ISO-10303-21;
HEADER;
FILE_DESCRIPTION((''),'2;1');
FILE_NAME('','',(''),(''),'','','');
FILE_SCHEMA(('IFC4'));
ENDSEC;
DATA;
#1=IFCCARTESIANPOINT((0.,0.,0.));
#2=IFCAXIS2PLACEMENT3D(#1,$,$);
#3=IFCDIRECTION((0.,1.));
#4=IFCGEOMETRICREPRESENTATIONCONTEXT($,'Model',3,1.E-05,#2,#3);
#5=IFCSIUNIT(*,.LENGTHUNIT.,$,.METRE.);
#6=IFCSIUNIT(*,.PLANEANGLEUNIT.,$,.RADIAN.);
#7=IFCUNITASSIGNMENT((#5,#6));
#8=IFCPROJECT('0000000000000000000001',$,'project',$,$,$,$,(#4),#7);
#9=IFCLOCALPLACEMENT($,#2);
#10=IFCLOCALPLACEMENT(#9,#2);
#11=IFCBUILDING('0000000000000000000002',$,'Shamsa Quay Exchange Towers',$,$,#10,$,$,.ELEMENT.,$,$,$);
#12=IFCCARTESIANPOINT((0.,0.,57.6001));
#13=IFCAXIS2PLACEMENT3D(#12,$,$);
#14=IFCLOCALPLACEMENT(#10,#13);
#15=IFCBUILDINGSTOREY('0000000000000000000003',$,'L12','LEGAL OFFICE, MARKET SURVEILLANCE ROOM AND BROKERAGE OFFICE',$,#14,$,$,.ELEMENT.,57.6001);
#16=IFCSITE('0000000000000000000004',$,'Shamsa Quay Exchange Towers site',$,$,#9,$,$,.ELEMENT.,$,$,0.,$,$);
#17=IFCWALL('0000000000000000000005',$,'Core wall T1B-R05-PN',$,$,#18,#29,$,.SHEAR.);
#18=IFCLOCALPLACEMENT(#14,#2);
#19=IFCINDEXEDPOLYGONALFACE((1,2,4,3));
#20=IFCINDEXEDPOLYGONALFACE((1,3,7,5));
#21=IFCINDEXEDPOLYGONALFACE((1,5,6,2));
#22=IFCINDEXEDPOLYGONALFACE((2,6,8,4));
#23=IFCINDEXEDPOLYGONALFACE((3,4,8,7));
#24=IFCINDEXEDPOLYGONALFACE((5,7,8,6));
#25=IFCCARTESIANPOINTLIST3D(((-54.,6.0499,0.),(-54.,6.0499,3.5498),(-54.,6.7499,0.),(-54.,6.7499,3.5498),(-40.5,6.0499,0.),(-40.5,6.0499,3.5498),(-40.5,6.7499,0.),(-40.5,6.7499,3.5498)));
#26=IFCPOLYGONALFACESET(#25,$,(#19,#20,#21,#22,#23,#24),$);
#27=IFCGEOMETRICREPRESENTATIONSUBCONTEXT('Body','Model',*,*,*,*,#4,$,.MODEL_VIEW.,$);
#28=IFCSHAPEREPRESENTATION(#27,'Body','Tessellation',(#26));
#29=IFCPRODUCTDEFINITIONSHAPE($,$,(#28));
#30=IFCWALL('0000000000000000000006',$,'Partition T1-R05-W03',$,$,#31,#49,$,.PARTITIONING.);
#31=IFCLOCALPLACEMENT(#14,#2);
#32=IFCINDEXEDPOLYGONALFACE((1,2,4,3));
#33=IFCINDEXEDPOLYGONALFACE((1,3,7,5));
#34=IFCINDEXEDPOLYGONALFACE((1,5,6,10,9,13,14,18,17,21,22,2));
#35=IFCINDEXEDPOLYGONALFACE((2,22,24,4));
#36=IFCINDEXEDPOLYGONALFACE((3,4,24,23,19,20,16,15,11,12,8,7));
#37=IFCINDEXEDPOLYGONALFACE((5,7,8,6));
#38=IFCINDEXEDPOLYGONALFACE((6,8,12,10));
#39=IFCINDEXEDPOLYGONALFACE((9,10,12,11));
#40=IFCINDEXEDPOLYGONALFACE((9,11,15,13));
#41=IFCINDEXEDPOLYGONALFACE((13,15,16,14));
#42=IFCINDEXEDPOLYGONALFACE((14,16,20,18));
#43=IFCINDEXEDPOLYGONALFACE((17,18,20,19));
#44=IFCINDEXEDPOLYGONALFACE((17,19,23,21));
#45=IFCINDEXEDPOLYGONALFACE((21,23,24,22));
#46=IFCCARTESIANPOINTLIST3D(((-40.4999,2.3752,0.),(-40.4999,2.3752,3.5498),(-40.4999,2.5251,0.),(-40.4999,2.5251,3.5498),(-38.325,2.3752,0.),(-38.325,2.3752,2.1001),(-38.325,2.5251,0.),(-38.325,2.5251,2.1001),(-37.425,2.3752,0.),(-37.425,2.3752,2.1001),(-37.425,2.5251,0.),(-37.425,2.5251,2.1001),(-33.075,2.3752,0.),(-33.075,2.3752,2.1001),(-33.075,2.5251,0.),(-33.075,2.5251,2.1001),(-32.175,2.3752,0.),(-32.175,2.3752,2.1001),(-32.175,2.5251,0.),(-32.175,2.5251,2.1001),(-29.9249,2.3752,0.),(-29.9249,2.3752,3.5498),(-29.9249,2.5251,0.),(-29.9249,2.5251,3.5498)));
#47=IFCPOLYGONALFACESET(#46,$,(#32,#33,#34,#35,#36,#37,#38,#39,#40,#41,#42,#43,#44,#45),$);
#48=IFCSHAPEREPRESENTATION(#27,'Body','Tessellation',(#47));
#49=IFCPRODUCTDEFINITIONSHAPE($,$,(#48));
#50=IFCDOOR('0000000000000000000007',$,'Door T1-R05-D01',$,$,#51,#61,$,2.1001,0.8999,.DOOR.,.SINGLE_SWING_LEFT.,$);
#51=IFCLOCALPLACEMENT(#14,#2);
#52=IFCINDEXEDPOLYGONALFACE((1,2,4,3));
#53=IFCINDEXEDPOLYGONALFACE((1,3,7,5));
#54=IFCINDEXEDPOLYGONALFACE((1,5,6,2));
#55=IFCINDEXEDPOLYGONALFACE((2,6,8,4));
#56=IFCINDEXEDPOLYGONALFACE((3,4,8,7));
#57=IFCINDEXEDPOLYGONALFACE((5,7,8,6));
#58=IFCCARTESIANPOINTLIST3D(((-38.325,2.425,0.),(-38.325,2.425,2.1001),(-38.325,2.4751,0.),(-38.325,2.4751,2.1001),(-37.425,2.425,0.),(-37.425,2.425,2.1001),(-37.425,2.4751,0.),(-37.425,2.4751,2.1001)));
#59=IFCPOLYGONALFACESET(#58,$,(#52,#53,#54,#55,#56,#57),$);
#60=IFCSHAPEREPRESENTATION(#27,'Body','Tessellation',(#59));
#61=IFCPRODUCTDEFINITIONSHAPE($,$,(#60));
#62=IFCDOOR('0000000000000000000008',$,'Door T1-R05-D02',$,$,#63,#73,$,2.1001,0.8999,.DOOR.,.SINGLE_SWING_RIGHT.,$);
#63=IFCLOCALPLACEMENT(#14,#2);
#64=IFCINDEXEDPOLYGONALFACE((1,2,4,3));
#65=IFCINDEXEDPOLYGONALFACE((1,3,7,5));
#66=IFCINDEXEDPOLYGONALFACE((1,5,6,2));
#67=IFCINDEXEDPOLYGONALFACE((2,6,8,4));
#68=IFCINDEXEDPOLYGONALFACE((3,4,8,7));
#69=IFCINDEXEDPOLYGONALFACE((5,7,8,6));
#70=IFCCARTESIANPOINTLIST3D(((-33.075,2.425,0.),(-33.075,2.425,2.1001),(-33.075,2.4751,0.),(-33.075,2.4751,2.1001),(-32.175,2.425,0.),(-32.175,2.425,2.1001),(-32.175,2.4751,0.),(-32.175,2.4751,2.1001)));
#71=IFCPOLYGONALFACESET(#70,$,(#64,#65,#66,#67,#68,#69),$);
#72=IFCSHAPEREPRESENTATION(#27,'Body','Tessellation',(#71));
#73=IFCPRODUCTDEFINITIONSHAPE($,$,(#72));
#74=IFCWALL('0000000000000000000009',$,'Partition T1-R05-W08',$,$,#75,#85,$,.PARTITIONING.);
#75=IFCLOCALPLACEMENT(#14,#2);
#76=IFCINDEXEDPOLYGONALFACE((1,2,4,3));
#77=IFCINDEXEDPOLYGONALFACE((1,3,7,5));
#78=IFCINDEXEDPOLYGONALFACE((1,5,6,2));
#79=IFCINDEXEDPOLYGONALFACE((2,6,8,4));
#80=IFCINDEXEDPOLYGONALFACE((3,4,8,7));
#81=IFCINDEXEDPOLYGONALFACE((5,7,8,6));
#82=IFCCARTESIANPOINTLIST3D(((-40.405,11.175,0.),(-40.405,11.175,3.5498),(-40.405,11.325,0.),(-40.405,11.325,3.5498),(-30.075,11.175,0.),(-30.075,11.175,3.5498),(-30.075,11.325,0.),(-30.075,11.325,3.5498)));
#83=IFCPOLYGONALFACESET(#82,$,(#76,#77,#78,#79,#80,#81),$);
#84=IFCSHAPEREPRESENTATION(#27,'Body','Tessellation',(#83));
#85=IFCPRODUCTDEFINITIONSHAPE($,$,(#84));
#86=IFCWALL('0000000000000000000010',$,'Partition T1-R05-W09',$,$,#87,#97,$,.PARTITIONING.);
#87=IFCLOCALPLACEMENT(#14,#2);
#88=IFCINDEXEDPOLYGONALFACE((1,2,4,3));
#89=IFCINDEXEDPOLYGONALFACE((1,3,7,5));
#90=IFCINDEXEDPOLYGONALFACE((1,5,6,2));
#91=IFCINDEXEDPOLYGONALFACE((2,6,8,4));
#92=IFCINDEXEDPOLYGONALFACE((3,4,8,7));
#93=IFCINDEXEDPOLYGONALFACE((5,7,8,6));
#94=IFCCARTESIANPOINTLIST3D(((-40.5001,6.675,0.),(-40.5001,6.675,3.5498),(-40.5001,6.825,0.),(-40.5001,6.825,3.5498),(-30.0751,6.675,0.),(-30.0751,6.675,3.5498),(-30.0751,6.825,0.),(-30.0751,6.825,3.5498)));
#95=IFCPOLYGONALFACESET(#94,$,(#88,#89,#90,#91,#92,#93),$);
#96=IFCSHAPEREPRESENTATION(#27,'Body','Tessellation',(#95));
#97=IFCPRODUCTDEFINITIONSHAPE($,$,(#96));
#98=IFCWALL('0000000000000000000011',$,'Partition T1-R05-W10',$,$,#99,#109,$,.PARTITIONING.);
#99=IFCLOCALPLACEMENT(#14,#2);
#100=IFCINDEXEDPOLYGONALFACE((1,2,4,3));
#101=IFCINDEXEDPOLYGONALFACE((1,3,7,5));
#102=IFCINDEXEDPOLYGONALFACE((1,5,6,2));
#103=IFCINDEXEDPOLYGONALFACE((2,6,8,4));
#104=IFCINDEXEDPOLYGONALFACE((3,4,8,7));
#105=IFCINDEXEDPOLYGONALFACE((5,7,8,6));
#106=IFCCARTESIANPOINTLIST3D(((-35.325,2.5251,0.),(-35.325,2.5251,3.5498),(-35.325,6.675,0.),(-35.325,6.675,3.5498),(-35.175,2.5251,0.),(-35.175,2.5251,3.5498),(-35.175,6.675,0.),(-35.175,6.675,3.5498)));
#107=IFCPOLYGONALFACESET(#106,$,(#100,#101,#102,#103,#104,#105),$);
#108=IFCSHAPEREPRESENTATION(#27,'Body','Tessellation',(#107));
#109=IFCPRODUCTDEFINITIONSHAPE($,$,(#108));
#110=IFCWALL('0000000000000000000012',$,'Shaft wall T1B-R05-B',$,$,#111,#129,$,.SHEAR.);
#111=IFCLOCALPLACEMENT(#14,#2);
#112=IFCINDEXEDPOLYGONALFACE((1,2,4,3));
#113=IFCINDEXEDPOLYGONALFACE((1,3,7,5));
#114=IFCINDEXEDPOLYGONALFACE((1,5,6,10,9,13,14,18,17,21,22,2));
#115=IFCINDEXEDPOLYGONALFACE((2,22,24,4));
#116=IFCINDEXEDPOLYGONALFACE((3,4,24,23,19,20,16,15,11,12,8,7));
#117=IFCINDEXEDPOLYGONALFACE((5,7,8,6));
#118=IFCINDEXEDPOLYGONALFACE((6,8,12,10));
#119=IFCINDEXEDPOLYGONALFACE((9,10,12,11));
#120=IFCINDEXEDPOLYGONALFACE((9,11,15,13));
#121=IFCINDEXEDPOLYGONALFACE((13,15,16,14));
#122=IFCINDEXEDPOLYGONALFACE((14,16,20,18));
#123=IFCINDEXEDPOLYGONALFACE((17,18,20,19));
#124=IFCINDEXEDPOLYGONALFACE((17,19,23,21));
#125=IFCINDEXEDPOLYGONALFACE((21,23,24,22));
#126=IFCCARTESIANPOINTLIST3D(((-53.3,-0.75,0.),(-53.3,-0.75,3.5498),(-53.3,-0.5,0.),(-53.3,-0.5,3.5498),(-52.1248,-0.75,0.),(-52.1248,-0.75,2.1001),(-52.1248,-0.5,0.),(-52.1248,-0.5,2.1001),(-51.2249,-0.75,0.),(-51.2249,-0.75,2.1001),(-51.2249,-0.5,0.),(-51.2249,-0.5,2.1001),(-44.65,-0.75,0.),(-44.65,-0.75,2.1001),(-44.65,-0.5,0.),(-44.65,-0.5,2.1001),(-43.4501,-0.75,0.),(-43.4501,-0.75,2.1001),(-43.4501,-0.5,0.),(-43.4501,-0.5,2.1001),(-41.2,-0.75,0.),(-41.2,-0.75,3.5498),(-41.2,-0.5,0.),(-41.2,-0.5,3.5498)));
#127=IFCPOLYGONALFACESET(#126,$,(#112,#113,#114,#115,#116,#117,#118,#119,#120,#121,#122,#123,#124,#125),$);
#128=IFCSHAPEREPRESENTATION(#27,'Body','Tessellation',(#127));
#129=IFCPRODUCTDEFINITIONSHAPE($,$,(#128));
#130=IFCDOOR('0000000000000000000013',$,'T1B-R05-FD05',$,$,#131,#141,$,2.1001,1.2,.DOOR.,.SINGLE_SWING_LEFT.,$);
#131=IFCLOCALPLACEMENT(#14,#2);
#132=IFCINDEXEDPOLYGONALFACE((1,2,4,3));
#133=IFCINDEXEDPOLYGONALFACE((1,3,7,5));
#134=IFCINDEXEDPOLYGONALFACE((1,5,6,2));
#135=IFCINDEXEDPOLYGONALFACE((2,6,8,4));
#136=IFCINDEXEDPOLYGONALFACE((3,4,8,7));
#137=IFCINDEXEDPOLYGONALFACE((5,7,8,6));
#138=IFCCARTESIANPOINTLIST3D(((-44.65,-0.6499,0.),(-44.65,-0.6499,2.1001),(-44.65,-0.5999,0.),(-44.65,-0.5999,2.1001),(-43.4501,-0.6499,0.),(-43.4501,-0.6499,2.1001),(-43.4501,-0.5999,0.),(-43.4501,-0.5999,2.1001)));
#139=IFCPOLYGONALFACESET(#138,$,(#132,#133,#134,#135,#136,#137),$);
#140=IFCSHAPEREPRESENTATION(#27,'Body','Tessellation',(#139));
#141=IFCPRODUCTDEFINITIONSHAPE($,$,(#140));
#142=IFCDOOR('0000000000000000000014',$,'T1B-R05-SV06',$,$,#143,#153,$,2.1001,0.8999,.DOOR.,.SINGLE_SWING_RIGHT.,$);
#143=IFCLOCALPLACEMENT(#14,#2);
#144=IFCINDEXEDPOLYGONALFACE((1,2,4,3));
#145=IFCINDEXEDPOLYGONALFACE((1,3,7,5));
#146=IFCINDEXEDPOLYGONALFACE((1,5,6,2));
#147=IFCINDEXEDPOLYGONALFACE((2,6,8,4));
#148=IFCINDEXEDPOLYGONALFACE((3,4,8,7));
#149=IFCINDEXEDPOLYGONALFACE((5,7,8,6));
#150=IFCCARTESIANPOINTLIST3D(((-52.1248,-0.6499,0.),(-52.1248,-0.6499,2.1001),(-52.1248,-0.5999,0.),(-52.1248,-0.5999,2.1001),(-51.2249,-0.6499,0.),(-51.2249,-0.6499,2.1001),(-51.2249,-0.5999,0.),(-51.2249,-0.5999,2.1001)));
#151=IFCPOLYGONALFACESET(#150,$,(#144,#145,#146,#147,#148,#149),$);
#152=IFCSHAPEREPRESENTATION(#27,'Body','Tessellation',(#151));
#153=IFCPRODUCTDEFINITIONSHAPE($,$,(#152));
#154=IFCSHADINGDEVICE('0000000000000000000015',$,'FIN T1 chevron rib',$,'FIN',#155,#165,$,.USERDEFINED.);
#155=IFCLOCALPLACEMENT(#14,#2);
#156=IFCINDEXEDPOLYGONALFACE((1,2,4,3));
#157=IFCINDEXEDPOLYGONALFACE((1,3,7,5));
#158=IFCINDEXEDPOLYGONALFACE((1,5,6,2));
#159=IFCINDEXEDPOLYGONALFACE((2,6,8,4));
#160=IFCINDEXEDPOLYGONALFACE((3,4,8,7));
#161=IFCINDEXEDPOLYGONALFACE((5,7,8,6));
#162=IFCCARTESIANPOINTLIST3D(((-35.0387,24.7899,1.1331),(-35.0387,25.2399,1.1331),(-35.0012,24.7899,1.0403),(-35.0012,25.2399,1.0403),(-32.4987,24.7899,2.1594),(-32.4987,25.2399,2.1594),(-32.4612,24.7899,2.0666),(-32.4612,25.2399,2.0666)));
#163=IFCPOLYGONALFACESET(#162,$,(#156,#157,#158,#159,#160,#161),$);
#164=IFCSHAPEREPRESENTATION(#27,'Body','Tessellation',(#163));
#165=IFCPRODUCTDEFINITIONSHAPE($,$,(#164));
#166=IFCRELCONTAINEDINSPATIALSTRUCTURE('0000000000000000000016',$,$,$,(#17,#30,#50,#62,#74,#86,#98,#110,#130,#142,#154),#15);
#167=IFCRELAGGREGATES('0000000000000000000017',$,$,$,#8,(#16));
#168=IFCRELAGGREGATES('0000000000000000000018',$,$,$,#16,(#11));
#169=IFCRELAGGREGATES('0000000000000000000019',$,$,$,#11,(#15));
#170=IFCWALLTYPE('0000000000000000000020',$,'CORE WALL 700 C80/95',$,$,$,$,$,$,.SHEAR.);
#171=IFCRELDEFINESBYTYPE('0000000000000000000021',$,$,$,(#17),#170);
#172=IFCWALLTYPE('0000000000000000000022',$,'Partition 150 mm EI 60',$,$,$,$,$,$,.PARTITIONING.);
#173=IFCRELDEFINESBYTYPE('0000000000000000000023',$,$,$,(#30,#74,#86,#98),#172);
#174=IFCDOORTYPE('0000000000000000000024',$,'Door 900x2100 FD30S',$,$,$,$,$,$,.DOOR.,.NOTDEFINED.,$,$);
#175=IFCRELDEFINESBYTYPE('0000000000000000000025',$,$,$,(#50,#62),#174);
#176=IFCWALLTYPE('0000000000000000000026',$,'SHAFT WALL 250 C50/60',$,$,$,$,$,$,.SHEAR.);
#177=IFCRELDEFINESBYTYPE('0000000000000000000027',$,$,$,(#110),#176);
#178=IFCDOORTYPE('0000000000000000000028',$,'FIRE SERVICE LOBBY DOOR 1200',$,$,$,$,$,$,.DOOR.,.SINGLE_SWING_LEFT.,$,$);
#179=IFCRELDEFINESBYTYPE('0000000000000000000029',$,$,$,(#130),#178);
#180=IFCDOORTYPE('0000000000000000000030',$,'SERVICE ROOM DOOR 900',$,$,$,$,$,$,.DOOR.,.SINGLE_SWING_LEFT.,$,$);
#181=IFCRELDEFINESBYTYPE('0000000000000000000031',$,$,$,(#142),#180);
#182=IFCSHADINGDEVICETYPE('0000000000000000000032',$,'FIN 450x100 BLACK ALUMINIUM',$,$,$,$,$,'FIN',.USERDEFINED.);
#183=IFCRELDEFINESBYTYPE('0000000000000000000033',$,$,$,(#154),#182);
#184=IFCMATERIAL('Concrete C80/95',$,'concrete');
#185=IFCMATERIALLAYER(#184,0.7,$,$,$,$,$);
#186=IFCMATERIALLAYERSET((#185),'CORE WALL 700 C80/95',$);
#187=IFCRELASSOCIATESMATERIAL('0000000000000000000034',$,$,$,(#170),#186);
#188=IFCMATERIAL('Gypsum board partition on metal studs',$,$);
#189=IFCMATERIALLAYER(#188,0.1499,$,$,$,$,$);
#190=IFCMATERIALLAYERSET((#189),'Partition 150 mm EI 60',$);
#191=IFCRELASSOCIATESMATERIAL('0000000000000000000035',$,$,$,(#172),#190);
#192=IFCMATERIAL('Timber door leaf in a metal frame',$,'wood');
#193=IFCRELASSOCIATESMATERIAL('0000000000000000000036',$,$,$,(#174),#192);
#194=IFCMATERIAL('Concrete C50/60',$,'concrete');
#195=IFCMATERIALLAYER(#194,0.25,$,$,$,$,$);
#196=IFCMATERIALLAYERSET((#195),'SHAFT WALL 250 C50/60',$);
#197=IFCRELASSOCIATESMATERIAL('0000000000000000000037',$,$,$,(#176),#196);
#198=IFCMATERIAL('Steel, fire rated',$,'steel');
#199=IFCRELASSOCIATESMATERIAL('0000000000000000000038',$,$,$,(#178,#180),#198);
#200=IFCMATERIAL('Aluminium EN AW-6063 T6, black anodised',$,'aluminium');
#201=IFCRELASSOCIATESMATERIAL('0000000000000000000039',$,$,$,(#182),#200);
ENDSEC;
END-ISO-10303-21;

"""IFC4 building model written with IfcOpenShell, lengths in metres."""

from ifc_helpers import new_model, si_unit, direction, frame, frame_2d, origin, origin_2d, place, context, subcontext, project, spatial, rectangle, extrude, material, layer, layer_set, material_profile, profile_set, type_object, element, fill, save


model = new_model("IFC4")

# Units and contexts
model_context = context("Model", 3, precision=1e-05, world=origin(), true_north=direction((0.0, 1.0)))
body_context = subcontext(model_context, "Body", "Model", "MODEL_VIEW")
ifc_project = project(units=[si_unit("LENGTHUNIT", "METRE"), si_unit("PLANEANGLEUNIT", "RADIAN")], contexts=[model_context])

# Site, building, storey
site_placement = place(None, origin())
site = spatial("IfcSite", under=ifc_project, at=site_placement, Name="Shamsa Quay Exchange Towers site", CompositionType="ELEMENT", RefElevation=0.0)
building_placement = place(site_placement, origin())
building = spatial("IfcBuilding", under=site, at=building_placement, Name="Shamsa Quay Exchange Towers", CompositionType="ELEMENT")
storey_placement = place(building_placement, frame((0.0, 0.0, 57.6001)))
storey = spatial("IfcBuildingStorey", under=building, at=storey_placement, Name="L12", Description="LEGAL OFFICE, MARKET SURVEILLANCE ROOM AND BROKERAGE OFFICE", CompositionType="ELEMENT", Elevation=57.6001)

# Shared definitions
ifc_material_1 = material(Name="Aluminium EN AW-6063 T6, black anodised", Category="aluminium")

# Wall
ifc_material_2 = material(Name="Concrete C80/95", Category="concrete")
ifc_layer_1 = layer(ifc_material_2, 0.7)
ifc_layer_set_1 = layer_set([ifc_layer_1], Name="CORE WALL 700 C80/95")
wall_type_1 = type_object("IfcWallType", Name="CORE WALL 700 C80/95", PredefinedType="SHEAR", material=ifc_layer_set_1)
wall_1_placement = place(storey_placement, frame((-40.5, 6.3999, 0.0), z_axis=(0.0, 0.0, 1.0), x_axis=(-1.0, 0.0, 0.0)))
element("IfcWall", 1, at=wall_1_placement, inside=storey, type_object=wall_type_1, Name="Core wall T1B-R05-PN", PredefinedType="SHEAR", context=body_context, shape_type="SweptSolid", body=[
    extrude(rectangle(XDim=13.5, YDim=0.7, at=frame_2d((6.75, 0.0))), origin(), (0.0, 0.0, 1.0), 3.5498),
])

# Wall, openings, doors
ifc_material_3 = material(Name="Gypsum board partition on metal studs")
ifc_layer_2 = layer(ifc_material_3, 0.1499)
ifc_layer_set_2 = layer_set([ifc_layer_2], Name="Partition 150 mm EI 60")
wall_type_2 = type_object("IfcWallType", Name="Partition 150 mm EI 60", PredefinedType="PARTITIONING", material=ifc_layer_set_2)
wall_2_placement = place(storey_placement, frame((-40.5, 2.4502, 0.0)))
wall_2 = element("IfcWall", 2, at=wall_2_placement, inside=storey, type_object=wall_type_2, Name="Partition T1-R05-W03", PredefinedType="PARTITIONING", context=body_context, shape_type="SweptSolid", body=[
    extrude(rectangle(XDim=10.575, YDim=0.1499, at=frame_2d((5.2876, 0.0))), origin(), (0.0, 0.0, 1.0), 3.5498),
])
opening_1_placement = place(wall_2_placement, frame((2.175, 0.0, 0.0)))
opening_1 = element("IfcOpeningElement", 3, at=opening_1_placement, cuts=wall_2, PredefinedType="OPENING", context=body_context, shape_type="SweptSolid", body=[
    extrude(rectangle(XDim=0.8999, YDim=2.1001, at=frame_2d((0.45, 1.05))), frame((0.0, 0.085, 0.0), z_axis=(0.0, -1.0, 0.0), x_axis=(1.0, 0.0, 0.0)), (0.0, 0.0, 1.0), 0.1699),
])
opening_2_placement = place(wall_2_placement, frame((7.425, 0.0, 0.0)))
opening_2 = element("IfcOpeningElement", 4, at=opening_2_placement, cuts=wall_2, PredefinedType="OPENING", context=body_context, shape_type="SweptSolid", body=[
    extrude(rectangle(XDim=0.8999, YDim=2.1001, at=frame_2d((0.45, 1.05))), frame((0.0, 0.085, 0.0), z_axis=(0.0, -1.0, 0.0), x_axis=(1.0, 0.0, 0.0)), (0.0, 0.0, 1.0), 0.1699),
])
ifc_material_4 = material(Name="Timber door leaf in a metal frame", Category="wood")
door_type_1 = type_object("IfcDoorType", Name="Door 900x2100 FD30S", OperationType="NOTDEFINED", PredefinedType="DOOR", material=ifc_material_4)
door_1_placement = place(opening_1_placement, origin())
door_1 = element("IfcDoor", 5, at=door_1_placement, inside=storey, type_object=door_type_1, Name="Door T1-R05-D01", OperationType="SINGLE_SWING_LEFT", OverallHeight=2.1001, OverallWidth=0.8999, PredefinedType="DOOR", context=body_context, shape_type="SweptSolid", body=[
    extrude(rectangle(XDim=0.8999, YDim=2.1001, at=frame_2d((0.45, 1.05))), frame((0.0, 0.0249, 0.0), z_axis=(0.0, -1.0, 0.0), x_axis=(1.0, 0.0, 0.0)), (0.0, 0.0, 1.0), 0.05),
])
fill(opening_1, door_1)
door_2_placement = place(opening_2_placement, origin())
door_2 = element("IfcDoor", 6, at=door_2_placement, inside=storey, type_object=door_type_1, Name="Door T1-R05-D02", OperationType="SINGLE_SWING_RIGHT", OverallHeight=2.1001, OverallWidth=0.8999, PredefinedType="DOOR", context=body_context, shape_type="SweptSolid", body=[
    extrude(rectangle(XDim=0.8999, YDim=2.1001, at=frame_2d((0.45, 1.05))), frame((0.0, 0.0249, 0.0), z_axis=(0.0, -1.0, 0.0), x_axis=(1.0, 0.0, 0.0)), (0.0, 0.0, 1.0), 0.05),
])
fill(opening_2, door_2)

# Walls
wall_3_placement = place(storey_placement, frame((-30.075, 11.25, 0.0), z_axis=(0.0, 0.0, 1.0), x_axis=(-1.0, 0.0, 0.0)))
element("IfcWall", 7, at=wall_3_placement, inside=storey, type_object=wall_type_2, Name="Partition T1-R05-W08", PredefinedType="PARTITIONING", context=body_context, shape_type="SweptSolid", body=[
    extrude(rectangle(XDim=10.3301, YDim=0.1499, at=frame_2d((5.165, 0.0))), origin(), (0.0, 0.0, 1.0), 3.5498),
])
wall_4_placement = place(storey_placement, frame((-40.5, 6.75, 0.0)))
element("IfcWall", 8, at=wall_4_placement, inside=storey, type_object=wall_type_2, Name="Partition T1-R05-W09", PredefinedType="PARTITIONING", context=body_context, shape_type="SweptSolid", body=[
    extrude(rectangle(XDim=10.425, YDim=0.1499, at=frame_2d((5.2124, 0.0))), origin(), (0.0, 0.0, 1.0), 3.5498),
])
wall_5_placement = place(storey_placement, frame((-35.25, 2.5251, 0.0), z_axis=(0.0, 0.0, 1.0), x_axis=(0.0, 1.0, 0.0)))
element("IfcWall", 9, at=wall_5_placement, inside=storey, type_object=wall_type_2, Name="Partition T1-R05-W10", PredefinedType="PARTITIONING", context=body_context, shape_type="SweptSolid", body=[
    extrude(rectangle(XDim=4.1499, YDim=0.1499, at=frame_2d((2.075, 0.0))), origin(), (0.0, 0.0, 1.0), 3.5498),
])

# Wall, openings, doors
ifc_material_5 = material(Name="Concrete C50/60", Category="concrete")
ifc_layer_3 = layer(ifc_material_5, 0.25)
ifc_layer_set_3 = layer_set([ifc_layer_3], Name="SHAFT WALL 250 C50/60")
wall_type_3 = type_object("IfcWallType", Name="SHAFT WALL 250 C50/60", PredefinedType="SHEAR", material=ifc_layer_set_3)
wall_6_placement = place(storey_placement, frame((-41.2, -0.625, 0.0), z_axis=(0.0, 0.0, 1.0), x_axis=(-1.0, 0.0, 0.0)))
wall_6 = element("IfcWall", 10, at=wall_6_placement, inside=storey, type_object=wall_type_3, Name="Shaft wall T1B-R05-B", PredefinedType="SHEAR", context=body_context, shape_type="SweptSolid", body=[
    extrude(rectangle(XDim=12.1001, YDim=0.25, at=frame_2d((6.05, 0.0))), origin(), (0.0, 0.0, 1.0), 3.5498),
])
opening_3_placement = place(wall_6_placement, frame((2.25, 0.0, 0.0)))
opening_3 = element("IfcOpeningElement", 11, at=opening_3_placement, cuts=wall_6, PredefinedType="OPENING", context=body_context, shape_type="SweptSolid", body=[
    extrude(rectangle(XDim=1.2, YDim=2.1001, at=frame_2d((0.6001, 1.05))), frame((0.0, 0.135, 0.0), z_axis=(0.0, -1.0, 0.0), x_axis=(1.0, 0.0, 0.0)), (0.0, 0.0, 1.0), 0.27),
])
opening_4_placement = place(wall_6_placement, frame((10.0249, 0.0, 0.0)))
opening_4 = element("IfcOpeningElement", 12, at=opening_4_placement, cuts=wall_6, PredefinedType="OPENING", context=body_context, shape_type="SweptSolid", body=[
    extrude(rectangle(XDim=0.8999, YDim=2.1001, at=frame_2d((0.45, 1.05))), frame((0.0, 0.135, 0.0), z_axis=(0.0, -1.0, 0.0), x_axis=(1.0, 0.0, 0.0)), (0.0, 0.0, 1.0), 0.27),
])
ifc_material_6 = material(Name="Steel, fire rated", Category="steel")
door_type_2 = type_object("IfcDoorType", Name="FIRE SERVICE LOBBY DOOR 1200", OperationType="SINGLE_SWING_LEFT", PredefinedType="DOOR", material=ifc_material_6)
door_3_placement = place(opening_3_placement, origin())
door_3 = element("IfcDoor", 13, at=door_3_placement, inside=storey, type_object=door_type_2, Name="T1B-R05-FD05", OperationType="SINGLE_SWING_LEFT", OverallHeight=2.1001, OverallWidth=1.2, PredefinedType="DOOR", context=body_context, shape_type="SweptSolid", body=[
    extrude(rectangle(XDim=1.2, YDim=2.1001, at=frame_2d((0.6001, 1.05))), frame((0.0, 0.0249, 0.0), z_axis=(0.0, -1.0, 0.0), x_axis=(1.0, 0.0, 0.0)), (0.0, 0.0, 1.0), 0.05),
])
fill(opening_3, door_3)
door_type_3 = type_object("IfcDoorType", Name="SERVICE ROOM DOOR 900", OperationType="SINGLE_SWING_LEFT", PredefinedType="DOOR", material=ifc_material_6)
door_4_placement = place(opening_4_placement, origin())
door_4 = element("IfcDoor", 14, at=door_4_placement, inside=storey, type_object=door_type_3, Name="T1B-R05-SV06", OperationType="SINGLE_SWING_RIGHT", OverallHeight=2.1001, OverallWidth=0.8999, PredefinedType="DOOR", context=body_context, shape_type="SweptSolid", body=[
    extrude(rectangle(XDim=0.8999, YDim=2.1001, at=frame_2d((0.45, 1.05))), frame((0.0, 0.0249, 0.0), z_axis=(0.0, -1.0, 0.0), x_axis=(1.0, 0.0, 0.0)), (0.0, 0.0, 1.0), 0.05),
])
fill(opening_4, door_4)

# Shading device
ifc_material_profile_1 = material_profile(ifc_material_1, rectangle(XDim=0.45, YDim=0.1001, at=origin_2d()), Name="FIN450x100")
ifc_profile_set_1 = profile_set([ifc_material_profile_1], Name="Aluminium EN AW-6063 T6, black anodised")
shading_device_type = type_object("IfcShadingDeviceType", Name="FIN 450x100 BLACK ALUMINIUM", ElementType="FIN", PredefinedType="USERDEFINED", material=ifc_profile_set_1)
shading_device_1_placement = place(storey_placement, frame((-32.48, 25.0149, 2.113), z_axis=(-0.927168, 0.0, -0.374646), x_axis=(0.0, -1.0, 0.0)))
element("IfcShadingDevice", 15, at=shading_device_1_placement, inside=storey, type_object=shading_device_type, Name="FIN T1 chevron rib", ObjectType="FIN", PredefinedType="USERDEFINED", context=body_context, shape_type="SweptSolid", body=[
    extrude(rectangle(XDim=0.45, YDim=0.1001, at=origin_2d()), origin(), (0.0, 0.0, 1.0), 2.7395),
])

save(model, "model.ifc")
